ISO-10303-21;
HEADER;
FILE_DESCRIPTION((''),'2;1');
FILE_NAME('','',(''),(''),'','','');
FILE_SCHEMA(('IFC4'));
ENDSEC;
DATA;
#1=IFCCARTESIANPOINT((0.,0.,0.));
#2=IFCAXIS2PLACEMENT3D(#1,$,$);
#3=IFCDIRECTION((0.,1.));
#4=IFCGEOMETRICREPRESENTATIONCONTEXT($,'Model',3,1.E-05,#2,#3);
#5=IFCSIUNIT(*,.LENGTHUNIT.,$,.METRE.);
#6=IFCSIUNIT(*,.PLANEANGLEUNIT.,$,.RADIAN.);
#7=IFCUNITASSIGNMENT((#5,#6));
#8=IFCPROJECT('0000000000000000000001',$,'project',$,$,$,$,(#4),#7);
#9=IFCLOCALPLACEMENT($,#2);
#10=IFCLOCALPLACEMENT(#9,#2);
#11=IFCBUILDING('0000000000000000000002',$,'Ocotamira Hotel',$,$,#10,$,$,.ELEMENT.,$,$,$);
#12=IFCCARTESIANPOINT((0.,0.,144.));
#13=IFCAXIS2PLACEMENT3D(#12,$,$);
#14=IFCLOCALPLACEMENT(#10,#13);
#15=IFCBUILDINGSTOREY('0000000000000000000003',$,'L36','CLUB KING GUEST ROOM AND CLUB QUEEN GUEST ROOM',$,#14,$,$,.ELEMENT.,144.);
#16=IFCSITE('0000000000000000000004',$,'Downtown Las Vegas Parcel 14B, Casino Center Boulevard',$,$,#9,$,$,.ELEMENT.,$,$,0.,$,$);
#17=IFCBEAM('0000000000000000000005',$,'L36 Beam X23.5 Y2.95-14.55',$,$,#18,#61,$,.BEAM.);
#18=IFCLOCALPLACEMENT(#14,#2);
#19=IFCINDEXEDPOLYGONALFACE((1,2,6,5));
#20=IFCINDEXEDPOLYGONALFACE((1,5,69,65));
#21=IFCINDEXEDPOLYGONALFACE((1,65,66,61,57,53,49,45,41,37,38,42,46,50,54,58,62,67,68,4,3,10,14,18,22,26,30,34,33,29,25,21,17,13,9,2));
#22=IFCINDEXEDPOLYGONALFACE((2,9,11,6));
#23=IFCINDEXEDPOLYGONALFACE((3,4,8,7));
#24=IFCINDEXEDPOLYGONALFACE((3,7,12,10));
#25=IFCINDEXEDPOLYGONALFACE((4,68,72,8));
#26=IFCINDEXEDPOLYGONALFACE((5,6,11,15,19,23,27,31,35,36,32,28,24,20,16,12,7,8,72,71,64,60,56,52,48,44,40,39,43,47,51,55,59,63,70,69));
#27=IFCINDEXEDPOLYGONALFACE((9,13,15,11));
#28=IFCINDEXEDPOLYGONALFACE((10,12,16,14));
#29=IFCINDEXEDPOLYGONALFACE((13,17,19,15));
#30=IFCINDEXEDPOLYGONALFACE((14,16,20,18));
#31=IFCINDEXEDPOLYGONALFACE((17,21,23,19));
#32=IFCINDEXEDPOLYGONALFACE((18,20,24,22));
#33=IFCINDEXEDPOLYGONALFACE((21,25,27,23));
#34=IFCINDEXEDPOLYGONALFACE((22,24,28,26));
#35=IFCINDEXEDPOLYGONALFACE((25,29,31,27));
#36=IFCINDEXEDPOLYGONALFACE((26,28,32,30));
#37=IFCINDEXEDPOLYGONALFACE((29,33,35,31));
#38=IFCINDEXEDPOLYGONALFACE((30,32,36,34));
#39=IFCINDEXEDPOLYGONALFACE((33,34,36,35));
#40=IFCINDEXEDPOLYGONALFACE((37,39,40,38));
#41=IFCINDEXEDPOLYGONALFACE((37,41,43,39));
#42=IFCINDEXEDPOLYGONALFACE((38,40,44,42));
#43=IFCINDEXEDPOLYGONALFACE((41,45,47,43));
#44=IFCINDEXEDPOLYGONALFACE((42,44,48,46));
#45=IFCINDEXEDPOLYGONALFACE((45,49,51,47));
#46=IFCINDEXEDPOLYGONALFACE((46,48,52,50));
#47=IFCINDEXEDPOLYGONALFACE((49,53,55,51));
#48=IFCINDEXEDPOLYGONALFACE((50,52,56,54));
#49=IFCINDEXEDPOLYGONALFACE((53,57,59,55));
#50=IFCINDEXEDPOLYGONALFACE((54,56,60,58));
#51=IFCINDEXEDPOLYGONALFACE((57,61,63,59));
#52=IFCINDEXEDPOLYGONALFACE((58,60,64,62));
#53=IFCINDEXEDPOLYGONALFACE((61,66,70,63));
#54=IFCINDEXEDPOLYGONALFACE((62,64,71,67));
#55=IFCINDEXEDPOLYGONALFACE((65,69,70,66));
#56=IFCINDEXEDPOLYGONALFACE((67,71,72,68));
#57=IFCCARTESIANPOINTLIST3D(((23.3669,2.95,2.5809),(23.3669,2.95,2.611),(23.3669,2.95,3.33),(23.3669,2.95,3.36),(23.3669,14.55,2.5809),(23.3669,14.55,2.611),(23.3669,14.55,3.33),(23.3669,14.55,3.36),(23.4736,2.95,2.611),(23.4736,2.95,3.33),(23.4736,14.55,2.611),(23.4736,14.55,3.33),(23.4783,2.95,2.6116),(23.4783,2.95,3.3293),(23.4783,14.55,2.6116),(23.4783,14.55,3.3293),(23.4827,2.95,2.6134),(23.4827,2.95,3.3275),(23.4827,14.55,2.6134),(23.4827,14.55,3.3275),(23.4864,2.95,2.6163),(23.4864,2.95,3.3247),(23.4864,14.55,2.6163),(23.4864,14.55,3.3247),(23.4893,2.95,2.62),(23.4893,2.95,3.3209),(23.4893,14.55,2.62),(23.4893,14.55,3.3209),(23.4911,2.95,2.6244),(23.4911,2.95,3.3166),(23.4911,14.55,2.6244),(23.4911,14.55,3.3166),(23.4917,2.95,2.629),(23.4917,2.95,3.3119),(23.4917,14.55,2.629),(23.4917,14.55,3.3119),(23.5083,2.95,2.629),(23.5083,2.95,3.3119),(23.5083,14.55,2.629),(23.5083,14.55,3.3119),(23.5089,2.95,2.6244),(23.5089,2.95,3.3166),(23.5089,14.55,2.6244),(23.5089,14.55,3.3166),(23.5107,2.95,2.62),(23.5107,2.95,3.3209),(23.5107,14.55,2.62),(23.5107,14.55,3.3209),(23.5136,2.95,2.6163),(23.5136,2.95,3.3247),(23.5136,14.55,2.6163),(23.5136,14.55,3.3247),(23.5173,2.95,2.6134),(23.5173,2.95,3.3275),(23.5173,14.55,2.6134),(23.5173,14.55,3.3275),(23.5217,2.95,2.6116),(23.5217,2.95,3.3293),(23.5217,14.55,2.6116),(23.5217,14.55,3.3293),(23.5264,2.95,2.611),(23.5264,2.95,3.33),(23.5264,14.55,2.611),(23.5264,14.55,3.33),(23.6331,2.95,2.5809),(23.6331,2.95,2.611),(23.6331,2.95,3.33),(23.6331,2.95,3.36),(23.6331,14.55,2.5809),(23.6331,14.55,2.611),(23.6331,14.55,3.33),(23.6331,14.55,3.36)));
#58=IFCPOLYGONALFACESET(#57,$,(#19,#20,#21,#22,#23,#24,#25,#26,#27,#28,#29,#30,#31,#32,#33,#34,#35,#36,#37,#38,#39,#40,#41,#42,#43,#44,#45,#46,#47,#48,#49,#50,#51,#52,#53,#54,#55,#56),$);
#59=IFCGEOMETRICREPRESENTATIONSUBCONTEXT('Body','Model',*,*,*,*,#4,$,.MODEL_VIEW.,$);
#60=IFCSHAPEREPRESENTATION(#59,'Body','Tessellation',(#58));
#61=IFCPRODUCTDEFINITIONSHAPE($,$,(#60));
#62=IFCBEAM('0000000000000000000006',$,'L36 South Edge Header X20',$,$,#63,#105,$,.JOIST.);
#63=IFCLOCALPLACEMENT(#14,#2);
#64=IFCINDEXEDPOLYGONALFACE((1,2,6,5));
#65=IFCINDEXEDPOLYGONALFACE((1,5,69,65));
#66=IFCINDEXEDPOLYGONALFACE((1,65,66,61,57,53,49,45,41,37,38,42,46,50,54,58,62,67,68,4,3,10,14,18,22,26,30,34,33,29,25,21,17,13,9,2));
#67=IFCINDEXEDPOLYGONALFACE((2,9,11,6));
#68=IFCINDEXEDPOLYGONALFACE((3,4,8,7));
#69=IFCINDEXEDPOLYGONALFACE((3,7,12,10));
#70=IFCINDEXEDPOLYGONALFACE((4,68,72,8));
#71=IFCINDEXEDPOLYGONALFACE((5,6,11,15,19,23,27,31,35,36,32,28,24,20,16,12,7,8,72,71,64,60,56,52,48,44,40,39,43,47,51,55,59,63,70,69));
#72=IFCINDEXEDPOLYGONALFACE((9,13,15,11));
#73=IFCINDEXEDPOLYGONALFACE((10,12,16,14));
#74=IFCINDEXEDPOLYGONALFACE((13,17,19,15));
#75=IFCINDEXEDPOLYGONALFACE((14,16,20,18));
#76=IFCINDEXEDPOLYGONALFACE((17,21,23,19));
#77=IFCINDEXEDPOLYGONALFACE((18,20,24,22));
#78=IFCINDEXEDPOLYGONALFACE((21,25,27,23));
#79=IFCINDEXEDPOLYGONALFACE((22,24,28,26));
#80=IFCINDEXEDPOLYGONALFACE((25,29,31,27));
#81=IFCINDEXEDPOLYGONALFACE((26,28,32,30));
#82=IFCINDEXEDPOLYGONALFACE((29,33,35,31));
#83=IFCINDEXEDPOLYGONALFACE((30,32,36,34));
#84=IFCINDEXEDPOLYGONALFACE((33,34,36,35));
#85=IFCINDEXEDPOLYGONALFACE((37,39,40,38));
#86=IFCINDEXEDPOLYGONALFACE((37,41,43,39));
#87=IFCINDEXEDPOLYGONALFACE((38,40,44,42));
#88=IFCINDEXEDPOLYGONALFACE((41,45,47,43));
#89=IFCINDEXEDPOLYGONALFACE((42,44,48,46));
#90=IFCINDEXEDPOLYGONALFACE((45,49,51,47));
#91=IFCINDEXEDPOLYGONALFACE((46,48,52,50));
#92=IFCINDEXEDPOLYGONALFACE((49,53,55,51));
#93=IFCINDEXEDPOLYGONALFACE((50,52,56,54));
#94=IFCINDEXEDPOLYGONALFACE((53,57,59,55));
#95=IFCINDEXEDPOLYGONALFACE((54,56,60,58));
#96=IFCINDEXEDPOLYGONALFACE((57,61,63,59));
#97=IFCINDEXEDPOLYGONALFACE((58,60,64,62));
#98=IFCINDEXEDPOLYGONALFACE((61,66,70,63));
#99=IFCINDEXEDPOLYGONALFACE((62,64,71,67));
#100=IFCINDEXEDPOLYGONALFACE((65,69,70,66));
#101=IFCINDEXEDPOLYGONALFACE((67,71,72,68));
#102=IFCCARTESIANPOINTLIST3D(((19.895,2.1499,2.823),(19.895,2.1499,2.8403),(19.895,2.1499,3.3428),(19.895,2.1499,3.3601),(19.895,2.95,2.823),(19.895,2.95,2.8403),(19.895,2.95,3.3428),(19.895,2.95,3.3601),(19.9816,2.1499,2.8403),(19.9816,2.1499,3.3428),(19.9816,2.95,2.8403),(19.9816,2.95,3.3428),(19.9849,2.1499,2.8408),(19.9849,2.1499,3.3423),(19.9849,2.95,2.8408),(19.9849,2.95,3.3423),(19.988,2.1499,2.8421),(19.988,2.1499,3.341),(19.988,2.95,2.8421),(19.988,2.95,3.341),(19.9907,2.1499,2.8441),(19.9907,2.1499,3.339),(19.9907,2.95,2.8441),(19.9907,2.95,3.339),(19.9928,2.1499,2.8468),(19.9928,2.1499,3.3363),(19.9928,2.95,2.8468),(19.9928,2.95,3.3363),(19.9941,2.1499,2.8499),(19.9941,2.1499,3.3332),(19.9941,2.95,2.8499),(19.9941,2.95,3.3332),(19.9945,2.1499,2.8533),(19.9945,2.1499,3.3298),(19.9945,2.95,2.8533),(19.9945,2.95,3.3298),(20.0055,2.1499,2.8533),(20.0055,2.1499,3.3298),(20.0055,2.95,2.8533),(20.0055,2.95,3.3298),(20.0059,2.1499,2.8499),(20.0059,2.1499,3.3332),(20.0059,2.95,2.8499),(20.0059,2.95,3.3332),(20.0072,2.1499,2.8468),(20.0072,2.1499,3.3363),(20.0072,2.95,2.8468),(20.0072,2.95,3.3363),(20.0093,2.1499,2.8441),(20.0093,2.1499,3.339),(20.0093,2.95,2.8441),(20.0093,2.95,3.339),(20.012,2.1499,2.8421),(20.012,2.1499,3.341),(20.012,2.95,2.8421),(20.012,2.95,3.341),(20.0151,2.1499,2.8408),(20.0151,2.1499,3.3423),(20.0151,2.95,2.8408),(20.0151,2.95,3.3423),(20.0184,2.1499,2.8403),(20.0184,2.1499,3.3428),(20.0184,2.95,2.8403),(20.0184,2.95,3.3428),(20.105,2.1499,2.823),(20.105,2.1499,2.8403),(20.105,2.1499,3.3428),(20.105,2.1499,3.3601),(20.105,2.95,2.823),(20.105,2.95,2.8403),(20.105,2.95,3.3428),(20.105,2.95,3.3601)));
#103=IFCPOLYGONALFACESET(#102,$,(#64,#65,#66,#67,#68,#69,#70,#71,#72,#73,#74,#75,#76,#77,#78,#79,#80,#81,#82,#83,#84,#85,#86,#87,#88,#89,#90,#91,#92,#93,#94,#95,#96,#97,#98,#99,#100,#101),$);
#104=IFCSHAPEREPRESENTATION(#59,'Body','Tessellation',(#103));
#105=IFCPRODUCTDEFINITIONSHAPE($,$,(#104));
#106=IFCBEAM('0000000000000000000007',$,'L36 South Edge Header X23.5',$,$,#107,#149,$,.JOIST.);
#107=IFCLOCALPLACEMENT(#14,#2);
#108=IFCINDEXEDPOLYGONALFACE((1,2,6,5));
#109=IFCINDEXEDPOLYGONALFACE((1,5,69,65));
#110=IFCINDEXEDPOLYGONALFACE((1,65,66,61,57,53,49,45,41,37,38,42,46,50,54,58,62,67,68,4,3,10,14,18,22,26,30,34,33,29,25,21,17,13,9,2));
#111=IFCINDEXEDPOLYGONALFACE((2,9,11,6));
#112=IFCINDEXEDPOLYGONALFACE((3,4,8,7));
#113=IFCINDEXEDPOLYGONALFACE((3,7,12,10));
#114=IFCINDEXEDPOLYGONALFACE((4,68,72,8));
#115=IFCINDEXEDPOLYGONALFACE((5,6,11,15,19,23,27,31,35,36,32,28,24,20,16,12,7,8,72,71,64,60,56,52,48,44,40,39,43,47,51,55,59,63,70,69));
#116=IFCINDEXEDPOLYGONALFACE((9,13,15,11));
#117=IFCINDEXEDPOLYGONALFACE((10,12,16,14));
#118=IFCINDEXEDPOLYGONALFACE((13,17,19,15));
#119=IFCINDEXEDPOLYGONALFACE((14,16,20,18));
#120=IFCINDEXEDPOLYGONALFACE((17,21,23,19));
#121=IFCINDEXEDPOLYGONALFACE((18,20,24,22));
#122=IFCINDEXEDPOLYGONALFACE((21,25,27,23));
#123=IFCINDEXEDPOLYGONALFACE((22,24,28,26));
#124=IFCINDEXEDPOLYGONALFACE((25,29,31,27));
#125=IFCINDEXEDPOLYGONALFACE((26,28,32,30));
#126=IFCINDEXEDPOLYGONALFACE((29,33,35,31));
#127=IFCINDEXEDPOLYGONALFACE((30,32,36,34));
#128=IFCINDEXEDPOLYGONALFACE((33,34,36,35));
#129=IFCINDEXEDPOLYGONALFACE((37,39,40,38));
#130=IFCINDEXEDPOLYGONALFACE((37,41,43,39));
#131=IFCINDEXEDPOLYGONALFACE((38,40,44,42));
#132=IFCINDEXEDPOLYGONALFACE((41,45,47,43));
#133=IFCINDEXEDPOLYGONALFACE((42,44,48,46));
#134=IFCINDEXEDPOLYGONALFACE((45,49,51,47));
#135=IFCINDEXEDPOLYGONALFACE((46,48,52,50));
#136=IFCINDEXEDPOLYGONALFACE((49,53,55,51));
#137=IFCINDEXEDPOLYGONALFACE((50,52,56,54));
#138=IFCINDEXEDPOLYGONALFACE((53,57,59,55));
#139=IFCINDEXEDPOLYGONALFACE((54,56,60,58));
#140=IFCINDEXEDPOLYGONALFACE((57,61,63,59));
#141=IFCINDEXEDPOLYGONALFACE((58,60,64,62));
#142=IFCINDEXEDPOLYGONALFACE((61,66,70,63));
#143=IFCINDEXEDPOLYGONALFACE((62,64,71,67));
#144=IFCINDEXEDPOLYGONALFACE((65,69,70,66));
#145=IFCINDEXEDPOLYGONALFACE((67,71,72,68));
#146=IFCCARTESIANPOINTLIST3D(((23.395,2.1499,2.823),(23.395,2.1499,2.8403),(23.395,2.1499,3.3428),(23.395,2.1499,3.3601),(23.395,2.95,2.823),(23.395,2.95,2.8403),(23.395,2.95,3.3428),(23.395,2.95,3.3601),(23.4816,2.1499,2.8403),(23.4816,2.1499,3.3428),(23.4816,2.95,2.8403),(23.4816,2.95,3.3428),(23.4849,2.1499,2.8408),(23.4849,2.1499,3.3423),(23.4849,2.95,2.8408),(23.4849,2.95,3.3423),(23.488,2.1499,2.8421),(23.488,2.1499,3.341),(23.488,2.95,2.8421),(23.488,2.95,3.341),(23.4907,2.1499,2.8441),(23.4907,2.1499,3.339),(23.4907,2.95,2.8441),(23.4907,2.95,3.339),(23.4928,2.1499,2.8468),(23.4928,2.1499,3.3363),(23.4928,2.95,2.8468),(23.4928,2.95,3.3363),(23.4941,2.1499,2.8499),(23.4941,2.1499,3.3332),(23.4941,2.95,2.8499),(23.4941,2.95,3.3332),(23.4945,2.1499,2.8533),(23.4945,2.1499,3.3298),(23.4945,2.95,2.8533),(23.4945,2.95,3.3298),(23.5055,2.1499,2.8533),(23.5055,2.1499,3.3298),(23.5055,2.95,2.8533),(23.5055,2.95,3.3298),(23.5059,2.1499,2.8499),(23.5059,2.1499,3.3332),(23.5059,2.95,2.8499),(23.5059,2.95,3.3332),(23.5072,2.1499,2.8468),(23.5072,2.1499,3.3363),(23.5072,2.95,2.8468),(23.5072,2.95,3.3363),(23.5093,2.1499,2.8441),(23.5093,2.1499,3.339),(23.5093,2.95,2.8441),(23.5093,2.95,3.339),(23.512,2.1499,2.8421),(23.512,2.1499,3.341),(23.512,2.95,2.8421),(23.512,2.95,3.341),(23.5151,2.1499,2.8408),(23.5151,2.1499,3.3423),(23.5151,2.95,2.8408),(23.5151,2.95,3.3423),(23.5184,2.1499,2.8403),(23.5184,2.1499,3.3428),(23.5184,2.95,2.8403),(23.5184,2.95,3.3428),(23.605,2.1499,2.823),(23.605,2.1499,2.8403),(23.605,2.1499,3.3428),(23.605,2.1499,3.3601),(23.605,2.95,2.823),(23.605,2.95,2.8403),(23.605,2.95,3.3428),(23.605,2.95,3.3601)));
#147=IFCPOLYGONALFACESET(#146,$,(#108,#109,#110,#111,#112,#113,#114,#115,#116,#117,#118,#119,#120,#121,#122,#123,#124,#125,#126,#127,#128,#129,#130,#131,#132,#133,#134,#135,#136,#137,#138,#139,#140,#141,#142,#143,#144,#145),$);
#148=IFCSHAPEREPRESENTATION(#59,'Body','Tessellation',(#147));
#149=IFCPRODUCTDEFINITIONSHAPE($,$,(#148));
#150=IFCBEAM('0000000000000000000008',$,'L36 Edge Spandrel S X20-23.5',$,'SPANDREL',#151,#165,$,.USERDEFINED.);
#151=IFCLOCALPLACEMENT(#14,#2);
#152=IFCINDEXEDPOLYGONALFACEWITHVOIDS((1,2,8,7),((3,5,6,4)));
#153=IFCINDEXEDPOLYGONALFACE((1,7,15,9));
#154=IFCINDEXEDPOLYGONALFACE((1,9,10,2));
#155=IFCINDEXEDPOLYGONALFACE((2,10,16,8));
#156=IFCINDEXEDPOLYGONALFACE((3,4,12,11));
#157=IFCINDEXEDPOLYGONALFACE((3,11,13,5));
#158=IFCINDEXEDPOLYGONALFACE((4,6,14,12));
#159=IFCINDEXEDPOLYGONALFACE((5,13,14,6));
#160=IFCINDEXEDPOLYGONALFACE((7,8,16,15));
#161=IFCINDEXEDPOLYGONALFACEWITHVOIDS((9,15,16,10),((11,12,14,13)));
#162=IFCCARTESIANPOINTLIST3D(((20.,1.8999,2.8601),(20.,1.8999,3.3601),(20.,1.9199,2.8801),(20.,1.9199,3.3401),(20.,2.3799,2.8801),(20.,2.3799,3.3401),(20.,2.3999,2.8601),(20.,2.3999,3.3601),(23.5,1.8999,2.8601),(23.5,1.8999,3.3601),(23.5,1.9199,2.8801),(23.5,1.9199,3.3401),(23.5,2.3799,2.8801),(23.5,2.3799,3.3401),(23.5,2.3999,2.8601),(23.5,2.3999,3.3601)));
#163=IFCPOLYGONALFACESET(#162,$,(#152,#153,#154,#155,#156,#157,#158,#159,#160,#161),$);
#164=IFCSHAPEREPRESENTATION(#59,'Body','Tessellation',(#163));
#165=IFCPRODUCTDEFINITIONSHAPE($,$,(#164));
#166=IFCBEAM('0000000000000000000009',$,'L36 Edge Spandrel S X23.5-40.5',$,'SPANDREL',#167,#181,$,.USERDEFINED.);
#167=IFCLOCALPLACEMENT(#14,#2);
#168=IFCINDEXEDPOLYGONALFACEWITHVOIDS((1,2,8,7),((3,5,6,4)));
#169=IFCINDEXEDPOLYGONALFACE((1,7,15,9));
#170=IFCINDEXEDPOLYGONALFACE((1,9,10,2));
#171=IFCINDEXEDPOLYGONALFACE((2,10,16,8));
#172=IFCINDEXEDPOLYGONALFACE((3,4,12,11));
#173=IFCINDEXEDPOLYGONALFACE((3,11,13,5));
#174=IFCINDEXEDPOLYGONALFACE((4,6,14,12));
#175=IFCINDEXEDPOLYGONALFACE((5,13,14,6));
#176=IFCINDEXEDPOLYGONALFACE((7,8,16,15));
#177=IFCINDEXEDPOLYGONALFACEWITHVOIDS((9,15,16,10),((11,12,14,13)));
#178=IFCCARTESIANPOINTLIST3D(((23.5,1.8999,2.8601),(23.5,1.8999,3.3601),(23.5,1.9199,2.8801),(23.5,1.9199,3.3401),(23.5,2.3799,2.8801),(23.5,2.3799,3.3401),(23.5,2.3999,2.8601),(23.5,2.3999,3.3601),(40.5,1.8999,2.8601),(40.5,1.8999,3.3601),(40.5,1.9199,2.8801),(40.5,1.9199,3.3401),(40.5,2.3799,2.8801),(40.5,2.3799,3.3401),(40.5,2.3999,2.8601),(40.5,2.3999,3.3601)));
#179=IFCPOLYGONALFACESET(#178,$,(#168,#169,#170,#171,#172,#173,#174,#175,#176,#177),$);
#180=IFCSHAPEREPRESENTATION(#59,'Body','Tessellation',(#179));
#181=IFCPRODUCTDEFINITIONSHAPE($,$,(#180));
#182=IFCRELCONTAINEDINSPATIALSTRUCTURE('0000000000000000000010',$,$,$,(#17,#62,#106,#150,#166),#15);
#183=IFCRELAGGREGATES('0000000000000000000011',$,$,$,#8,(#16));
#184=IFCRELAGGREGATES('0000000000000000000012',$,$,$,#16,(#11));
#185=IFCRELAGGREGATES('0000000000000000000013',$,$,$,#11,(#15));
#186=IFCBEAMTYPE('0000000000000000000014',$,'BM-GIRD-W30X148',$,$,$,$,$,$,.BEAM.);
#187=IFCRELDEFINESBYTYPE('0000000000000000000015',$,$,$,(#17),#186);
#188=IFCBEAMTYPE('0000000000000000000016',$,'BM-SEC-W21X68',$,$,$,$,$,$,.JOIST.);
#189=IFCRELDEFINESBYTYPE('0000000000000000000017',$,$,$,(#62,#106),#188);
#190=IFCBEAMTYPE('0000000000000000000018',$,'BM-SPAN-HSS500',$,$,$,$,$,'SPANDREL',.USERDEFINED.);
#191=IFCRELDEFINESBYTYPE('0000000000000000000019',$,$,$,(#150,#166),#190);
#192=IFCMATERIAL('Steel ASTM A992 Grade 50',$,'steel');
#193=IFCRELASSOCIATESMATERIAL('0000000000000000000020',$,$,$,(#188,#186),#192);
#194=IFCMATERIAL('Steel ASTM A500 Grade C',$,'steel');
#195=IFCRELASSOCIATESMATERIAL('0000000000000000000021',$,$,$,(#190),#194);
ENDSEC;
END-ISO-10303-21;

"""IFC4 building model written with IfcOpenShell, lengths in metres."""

from ifc_helpers import new_model, si_unit, direction, frame, origin, origin_2d, place, context, subcontext, project, spatial, hollow_rectangle, i_section, extrude, source, transform, mapped, material, material_profile, profile_set, type_object, element, save


model = new_model("IFC4")

# Units and contexts
model_context = context("Model", 3, precision=1e-05, world=origin(), true_north=direction((0.0, 1.0)))
body_context = subcontext(model_context, "Body", "Model", "MODEL_VIEW")
ifc_project = project(units=[si_unit("LENGTHUNIT", "METRE"), si_unit("PLANEANGLEUNIT", "RADIAN")], contexts=[model_context])

# Site, building, storey
site_placement = place(None, origin())
site = spatial("IfcSite", under=ifc_project, at=site_placement, Name="Downtown Las Vegas Parcel 14B, Casino Center Boulevard", CompositionType="ELEMENT", RefElevation=0.0)
building_placement = place(site_placement, origin())
building = spatial("IfcBuilding", under=site, at=building_placement, Name="Ocotamira Hotel", CompositionType="ELEMENT")
storey_placement = place(building_placement, frame((0.0, 0.0, 144.0)))
storey = spatial("IfcBuildingStorey", under=building, at=storey_placement, Name="L36", Description="CLUB KING GUEST ROOM AND CLUB QUEEN GUEST ROOM", CompositionType="ELEMENT", Elevation=144.0)

# Beams
ifc_material_1 = material(Name="Steel ASTM A992 Grade 50", Category="steel")
ifc_material_profile_1 = material_profile(ifc_material_1, i_section(OverallWidth=0.21, OverallDepth=0.5371, WebThickness=0.011, FlangeThickness=0.0173, FilletRadius=0.0129, at=origin_2d()), Name="W21X68")
ifc_profile_set_1 = profile_set([ifc_material_profile_1], Name="Steel ASTM A992 Grade 50")
beam_type_1 = type_object("IfcBeamType", Name="BM-SEC-W21X68", PredefinedType="JOIST", material=ifc_profile_set_1)
ifc_material_profile_2 = material_profile(ifc_material_1, i_section(OverallWidth=0.2661, OverallDepth=0.7791, WebThickness=0.0166, FlangeThickness=0.03, FilletRadius=0.0181, at=origin_2d()), Name="W30X148")
ifc_profile_set_2 = profile_set([ifc_material_profile_2], Name="Steel ASTM A992 Grade 50")
beam_type_2 = type_object("IfcBeamType", Name="BM-GIRD-W30X148", PredefinedType="BEAM", material=ifc_profile_set_2)
shared_shape_1 = source(origin(), body_context, "Body", "SweptSolid", [
    extrude(i_section(OverallWidth=0.2661, OverallDepth=0.7791, WebThickness=0.0166, FlangeThickness=0.03, FilletRadius=0.0181, at=origin_2d()), origin(), (0.0, 0.0, 1.0), 11.6001),
])
beam_1_placement = place(storey_placement, frame((23.5, 2.95, 2.9705), z_axis=(0.0, 1.0, 0.0), x_axis=(-1.0, 0.0, 0.0)))
element("IfcBeam", 1, at=beam_1_placement, inside=storey, type_object=beam_type_2, Name="L36 Beam X23.5 Y2.95-14.55", PredefinedType="BEAM", context=body_context, shape_type="MappedRepresentation", body=[
    mapped(shared_shape_1, transform((0.0, 0.0, 0.0), scale=1.0)),
])
shared_shape_2 = source(origin(), body_context, "Body", "SweptSolid", [
    extrude(i_section(OverallWidth=0.21, OverallDepth=0.5371, WebThickness=0.011, FlangeThickness=0.0173, FilletRadius=0.0129, at=origin_2d()), origin(), (0.0, 0.0, 1.0), 0.8),
])
for number, where, z_axis, x_axis, name in (
    (2, (20.0, 2.95, 3.0916), (0.0, -1.0, 0.0), (1.0, 0.0, 0.0), "L36 South Edge Header X20"),
    (3, (23.5, 2.95, 3.0916), (0.0, -1.0, 0.0), (1.0, 0.0, 0.0), "L36 South Edge Header X23.5"),
):
    element("IfcBeam", number, at=place(storey_placement, frame(where, z_axis=z_axis, x_axis=x_axis)), inside=storey, type_object=beam_type_1, Name=name, PredefinedType="JOIST", context=body_context, shape_type="MappedRepresentation", body=[
        mapped(shared_shape_2, transform((0.0, 0.0, 0.0), scale=1.0)),
    ])
ifc_material_2 = material(Name="Steel ASTM A500 Grade C", Category="steel")
ifc_material_profile_3 = material_profile(ifc_material_2, hollow_rectangle(XDim=0.5, YDim=0.5, WallThickness=0.02, at=origin_2d()), Name="HSS500X500X20")
ifc_profile_set_3 = profile_set([ifc_material_profile_3], Name="Steel ASTM A500 Grade C")
beam_type_3 = type_object("IfcBeamType", Name="BM-SPAN-HSS500", ElementType="SPANDREL", PredefinedType="USERDEFINED", material=ifc_profile_set_3)
shared_shape_3 = source(origin(), body_context, "Body", "SweptSolid", [
    extrude(hollow_rectangle(XDim=0.5, YDim=0.5, WallThickness=0.02, at=origin_2d()), origin(), (0.0, 0.0, 1.0), 3.5),
])
beam_2_placement = place(storey_placement, frame((20.0, 2.1499, 3.1101), z_axis=(1.0, 0.0, 0.0), x_axis=(0.0, 1.0, 0.0)))
element("IfcBeam", 4, at=beam_2_placement, inside=storey, type_object=beam_type_3, Name="L36 Edge Spandrel S X20-23.5", ObjectType="SPANDREL", PredefinedType="USERDEFINED", context=body_context, shape_type="MappedRepresentation", body=[
    mapped(shared_shape_3, transform((0.0, 0.0, 0.0), scale=1.0)),
])
shared_shape_4 = source(origin(), body_context, "Body", "SweptSolid", [
    extrude(hollow_rectangle(XDim=0.5, YDim=0.5, WallThickness=0.02, at=origin_2d()), origin(), (0.0, 0.0, 1.0), 17.0),
])
beam_3_placement = place(storey_placement, frame((23.5, 2.1499, 3.1101), z_axis=(1.0, 0.0, 0.0), x_axis=(0.0, 1.0, 0.0)))
element("IfcBeam", 5, at=beam_3_placement, inside=storey, type_object=beam_type_3, Name="L36 Edge Spandrel S X23.5-40.5", ObjectType="SPANDREL", PredefinedType="USERDEFINED", context=body_context, shape_type="MappedRepresentation", body=[
    mapped(shared_shape_4, transform((0.0, 0.0, 0.0), scale=1.0)),
])

save(model, "model.ifc")
